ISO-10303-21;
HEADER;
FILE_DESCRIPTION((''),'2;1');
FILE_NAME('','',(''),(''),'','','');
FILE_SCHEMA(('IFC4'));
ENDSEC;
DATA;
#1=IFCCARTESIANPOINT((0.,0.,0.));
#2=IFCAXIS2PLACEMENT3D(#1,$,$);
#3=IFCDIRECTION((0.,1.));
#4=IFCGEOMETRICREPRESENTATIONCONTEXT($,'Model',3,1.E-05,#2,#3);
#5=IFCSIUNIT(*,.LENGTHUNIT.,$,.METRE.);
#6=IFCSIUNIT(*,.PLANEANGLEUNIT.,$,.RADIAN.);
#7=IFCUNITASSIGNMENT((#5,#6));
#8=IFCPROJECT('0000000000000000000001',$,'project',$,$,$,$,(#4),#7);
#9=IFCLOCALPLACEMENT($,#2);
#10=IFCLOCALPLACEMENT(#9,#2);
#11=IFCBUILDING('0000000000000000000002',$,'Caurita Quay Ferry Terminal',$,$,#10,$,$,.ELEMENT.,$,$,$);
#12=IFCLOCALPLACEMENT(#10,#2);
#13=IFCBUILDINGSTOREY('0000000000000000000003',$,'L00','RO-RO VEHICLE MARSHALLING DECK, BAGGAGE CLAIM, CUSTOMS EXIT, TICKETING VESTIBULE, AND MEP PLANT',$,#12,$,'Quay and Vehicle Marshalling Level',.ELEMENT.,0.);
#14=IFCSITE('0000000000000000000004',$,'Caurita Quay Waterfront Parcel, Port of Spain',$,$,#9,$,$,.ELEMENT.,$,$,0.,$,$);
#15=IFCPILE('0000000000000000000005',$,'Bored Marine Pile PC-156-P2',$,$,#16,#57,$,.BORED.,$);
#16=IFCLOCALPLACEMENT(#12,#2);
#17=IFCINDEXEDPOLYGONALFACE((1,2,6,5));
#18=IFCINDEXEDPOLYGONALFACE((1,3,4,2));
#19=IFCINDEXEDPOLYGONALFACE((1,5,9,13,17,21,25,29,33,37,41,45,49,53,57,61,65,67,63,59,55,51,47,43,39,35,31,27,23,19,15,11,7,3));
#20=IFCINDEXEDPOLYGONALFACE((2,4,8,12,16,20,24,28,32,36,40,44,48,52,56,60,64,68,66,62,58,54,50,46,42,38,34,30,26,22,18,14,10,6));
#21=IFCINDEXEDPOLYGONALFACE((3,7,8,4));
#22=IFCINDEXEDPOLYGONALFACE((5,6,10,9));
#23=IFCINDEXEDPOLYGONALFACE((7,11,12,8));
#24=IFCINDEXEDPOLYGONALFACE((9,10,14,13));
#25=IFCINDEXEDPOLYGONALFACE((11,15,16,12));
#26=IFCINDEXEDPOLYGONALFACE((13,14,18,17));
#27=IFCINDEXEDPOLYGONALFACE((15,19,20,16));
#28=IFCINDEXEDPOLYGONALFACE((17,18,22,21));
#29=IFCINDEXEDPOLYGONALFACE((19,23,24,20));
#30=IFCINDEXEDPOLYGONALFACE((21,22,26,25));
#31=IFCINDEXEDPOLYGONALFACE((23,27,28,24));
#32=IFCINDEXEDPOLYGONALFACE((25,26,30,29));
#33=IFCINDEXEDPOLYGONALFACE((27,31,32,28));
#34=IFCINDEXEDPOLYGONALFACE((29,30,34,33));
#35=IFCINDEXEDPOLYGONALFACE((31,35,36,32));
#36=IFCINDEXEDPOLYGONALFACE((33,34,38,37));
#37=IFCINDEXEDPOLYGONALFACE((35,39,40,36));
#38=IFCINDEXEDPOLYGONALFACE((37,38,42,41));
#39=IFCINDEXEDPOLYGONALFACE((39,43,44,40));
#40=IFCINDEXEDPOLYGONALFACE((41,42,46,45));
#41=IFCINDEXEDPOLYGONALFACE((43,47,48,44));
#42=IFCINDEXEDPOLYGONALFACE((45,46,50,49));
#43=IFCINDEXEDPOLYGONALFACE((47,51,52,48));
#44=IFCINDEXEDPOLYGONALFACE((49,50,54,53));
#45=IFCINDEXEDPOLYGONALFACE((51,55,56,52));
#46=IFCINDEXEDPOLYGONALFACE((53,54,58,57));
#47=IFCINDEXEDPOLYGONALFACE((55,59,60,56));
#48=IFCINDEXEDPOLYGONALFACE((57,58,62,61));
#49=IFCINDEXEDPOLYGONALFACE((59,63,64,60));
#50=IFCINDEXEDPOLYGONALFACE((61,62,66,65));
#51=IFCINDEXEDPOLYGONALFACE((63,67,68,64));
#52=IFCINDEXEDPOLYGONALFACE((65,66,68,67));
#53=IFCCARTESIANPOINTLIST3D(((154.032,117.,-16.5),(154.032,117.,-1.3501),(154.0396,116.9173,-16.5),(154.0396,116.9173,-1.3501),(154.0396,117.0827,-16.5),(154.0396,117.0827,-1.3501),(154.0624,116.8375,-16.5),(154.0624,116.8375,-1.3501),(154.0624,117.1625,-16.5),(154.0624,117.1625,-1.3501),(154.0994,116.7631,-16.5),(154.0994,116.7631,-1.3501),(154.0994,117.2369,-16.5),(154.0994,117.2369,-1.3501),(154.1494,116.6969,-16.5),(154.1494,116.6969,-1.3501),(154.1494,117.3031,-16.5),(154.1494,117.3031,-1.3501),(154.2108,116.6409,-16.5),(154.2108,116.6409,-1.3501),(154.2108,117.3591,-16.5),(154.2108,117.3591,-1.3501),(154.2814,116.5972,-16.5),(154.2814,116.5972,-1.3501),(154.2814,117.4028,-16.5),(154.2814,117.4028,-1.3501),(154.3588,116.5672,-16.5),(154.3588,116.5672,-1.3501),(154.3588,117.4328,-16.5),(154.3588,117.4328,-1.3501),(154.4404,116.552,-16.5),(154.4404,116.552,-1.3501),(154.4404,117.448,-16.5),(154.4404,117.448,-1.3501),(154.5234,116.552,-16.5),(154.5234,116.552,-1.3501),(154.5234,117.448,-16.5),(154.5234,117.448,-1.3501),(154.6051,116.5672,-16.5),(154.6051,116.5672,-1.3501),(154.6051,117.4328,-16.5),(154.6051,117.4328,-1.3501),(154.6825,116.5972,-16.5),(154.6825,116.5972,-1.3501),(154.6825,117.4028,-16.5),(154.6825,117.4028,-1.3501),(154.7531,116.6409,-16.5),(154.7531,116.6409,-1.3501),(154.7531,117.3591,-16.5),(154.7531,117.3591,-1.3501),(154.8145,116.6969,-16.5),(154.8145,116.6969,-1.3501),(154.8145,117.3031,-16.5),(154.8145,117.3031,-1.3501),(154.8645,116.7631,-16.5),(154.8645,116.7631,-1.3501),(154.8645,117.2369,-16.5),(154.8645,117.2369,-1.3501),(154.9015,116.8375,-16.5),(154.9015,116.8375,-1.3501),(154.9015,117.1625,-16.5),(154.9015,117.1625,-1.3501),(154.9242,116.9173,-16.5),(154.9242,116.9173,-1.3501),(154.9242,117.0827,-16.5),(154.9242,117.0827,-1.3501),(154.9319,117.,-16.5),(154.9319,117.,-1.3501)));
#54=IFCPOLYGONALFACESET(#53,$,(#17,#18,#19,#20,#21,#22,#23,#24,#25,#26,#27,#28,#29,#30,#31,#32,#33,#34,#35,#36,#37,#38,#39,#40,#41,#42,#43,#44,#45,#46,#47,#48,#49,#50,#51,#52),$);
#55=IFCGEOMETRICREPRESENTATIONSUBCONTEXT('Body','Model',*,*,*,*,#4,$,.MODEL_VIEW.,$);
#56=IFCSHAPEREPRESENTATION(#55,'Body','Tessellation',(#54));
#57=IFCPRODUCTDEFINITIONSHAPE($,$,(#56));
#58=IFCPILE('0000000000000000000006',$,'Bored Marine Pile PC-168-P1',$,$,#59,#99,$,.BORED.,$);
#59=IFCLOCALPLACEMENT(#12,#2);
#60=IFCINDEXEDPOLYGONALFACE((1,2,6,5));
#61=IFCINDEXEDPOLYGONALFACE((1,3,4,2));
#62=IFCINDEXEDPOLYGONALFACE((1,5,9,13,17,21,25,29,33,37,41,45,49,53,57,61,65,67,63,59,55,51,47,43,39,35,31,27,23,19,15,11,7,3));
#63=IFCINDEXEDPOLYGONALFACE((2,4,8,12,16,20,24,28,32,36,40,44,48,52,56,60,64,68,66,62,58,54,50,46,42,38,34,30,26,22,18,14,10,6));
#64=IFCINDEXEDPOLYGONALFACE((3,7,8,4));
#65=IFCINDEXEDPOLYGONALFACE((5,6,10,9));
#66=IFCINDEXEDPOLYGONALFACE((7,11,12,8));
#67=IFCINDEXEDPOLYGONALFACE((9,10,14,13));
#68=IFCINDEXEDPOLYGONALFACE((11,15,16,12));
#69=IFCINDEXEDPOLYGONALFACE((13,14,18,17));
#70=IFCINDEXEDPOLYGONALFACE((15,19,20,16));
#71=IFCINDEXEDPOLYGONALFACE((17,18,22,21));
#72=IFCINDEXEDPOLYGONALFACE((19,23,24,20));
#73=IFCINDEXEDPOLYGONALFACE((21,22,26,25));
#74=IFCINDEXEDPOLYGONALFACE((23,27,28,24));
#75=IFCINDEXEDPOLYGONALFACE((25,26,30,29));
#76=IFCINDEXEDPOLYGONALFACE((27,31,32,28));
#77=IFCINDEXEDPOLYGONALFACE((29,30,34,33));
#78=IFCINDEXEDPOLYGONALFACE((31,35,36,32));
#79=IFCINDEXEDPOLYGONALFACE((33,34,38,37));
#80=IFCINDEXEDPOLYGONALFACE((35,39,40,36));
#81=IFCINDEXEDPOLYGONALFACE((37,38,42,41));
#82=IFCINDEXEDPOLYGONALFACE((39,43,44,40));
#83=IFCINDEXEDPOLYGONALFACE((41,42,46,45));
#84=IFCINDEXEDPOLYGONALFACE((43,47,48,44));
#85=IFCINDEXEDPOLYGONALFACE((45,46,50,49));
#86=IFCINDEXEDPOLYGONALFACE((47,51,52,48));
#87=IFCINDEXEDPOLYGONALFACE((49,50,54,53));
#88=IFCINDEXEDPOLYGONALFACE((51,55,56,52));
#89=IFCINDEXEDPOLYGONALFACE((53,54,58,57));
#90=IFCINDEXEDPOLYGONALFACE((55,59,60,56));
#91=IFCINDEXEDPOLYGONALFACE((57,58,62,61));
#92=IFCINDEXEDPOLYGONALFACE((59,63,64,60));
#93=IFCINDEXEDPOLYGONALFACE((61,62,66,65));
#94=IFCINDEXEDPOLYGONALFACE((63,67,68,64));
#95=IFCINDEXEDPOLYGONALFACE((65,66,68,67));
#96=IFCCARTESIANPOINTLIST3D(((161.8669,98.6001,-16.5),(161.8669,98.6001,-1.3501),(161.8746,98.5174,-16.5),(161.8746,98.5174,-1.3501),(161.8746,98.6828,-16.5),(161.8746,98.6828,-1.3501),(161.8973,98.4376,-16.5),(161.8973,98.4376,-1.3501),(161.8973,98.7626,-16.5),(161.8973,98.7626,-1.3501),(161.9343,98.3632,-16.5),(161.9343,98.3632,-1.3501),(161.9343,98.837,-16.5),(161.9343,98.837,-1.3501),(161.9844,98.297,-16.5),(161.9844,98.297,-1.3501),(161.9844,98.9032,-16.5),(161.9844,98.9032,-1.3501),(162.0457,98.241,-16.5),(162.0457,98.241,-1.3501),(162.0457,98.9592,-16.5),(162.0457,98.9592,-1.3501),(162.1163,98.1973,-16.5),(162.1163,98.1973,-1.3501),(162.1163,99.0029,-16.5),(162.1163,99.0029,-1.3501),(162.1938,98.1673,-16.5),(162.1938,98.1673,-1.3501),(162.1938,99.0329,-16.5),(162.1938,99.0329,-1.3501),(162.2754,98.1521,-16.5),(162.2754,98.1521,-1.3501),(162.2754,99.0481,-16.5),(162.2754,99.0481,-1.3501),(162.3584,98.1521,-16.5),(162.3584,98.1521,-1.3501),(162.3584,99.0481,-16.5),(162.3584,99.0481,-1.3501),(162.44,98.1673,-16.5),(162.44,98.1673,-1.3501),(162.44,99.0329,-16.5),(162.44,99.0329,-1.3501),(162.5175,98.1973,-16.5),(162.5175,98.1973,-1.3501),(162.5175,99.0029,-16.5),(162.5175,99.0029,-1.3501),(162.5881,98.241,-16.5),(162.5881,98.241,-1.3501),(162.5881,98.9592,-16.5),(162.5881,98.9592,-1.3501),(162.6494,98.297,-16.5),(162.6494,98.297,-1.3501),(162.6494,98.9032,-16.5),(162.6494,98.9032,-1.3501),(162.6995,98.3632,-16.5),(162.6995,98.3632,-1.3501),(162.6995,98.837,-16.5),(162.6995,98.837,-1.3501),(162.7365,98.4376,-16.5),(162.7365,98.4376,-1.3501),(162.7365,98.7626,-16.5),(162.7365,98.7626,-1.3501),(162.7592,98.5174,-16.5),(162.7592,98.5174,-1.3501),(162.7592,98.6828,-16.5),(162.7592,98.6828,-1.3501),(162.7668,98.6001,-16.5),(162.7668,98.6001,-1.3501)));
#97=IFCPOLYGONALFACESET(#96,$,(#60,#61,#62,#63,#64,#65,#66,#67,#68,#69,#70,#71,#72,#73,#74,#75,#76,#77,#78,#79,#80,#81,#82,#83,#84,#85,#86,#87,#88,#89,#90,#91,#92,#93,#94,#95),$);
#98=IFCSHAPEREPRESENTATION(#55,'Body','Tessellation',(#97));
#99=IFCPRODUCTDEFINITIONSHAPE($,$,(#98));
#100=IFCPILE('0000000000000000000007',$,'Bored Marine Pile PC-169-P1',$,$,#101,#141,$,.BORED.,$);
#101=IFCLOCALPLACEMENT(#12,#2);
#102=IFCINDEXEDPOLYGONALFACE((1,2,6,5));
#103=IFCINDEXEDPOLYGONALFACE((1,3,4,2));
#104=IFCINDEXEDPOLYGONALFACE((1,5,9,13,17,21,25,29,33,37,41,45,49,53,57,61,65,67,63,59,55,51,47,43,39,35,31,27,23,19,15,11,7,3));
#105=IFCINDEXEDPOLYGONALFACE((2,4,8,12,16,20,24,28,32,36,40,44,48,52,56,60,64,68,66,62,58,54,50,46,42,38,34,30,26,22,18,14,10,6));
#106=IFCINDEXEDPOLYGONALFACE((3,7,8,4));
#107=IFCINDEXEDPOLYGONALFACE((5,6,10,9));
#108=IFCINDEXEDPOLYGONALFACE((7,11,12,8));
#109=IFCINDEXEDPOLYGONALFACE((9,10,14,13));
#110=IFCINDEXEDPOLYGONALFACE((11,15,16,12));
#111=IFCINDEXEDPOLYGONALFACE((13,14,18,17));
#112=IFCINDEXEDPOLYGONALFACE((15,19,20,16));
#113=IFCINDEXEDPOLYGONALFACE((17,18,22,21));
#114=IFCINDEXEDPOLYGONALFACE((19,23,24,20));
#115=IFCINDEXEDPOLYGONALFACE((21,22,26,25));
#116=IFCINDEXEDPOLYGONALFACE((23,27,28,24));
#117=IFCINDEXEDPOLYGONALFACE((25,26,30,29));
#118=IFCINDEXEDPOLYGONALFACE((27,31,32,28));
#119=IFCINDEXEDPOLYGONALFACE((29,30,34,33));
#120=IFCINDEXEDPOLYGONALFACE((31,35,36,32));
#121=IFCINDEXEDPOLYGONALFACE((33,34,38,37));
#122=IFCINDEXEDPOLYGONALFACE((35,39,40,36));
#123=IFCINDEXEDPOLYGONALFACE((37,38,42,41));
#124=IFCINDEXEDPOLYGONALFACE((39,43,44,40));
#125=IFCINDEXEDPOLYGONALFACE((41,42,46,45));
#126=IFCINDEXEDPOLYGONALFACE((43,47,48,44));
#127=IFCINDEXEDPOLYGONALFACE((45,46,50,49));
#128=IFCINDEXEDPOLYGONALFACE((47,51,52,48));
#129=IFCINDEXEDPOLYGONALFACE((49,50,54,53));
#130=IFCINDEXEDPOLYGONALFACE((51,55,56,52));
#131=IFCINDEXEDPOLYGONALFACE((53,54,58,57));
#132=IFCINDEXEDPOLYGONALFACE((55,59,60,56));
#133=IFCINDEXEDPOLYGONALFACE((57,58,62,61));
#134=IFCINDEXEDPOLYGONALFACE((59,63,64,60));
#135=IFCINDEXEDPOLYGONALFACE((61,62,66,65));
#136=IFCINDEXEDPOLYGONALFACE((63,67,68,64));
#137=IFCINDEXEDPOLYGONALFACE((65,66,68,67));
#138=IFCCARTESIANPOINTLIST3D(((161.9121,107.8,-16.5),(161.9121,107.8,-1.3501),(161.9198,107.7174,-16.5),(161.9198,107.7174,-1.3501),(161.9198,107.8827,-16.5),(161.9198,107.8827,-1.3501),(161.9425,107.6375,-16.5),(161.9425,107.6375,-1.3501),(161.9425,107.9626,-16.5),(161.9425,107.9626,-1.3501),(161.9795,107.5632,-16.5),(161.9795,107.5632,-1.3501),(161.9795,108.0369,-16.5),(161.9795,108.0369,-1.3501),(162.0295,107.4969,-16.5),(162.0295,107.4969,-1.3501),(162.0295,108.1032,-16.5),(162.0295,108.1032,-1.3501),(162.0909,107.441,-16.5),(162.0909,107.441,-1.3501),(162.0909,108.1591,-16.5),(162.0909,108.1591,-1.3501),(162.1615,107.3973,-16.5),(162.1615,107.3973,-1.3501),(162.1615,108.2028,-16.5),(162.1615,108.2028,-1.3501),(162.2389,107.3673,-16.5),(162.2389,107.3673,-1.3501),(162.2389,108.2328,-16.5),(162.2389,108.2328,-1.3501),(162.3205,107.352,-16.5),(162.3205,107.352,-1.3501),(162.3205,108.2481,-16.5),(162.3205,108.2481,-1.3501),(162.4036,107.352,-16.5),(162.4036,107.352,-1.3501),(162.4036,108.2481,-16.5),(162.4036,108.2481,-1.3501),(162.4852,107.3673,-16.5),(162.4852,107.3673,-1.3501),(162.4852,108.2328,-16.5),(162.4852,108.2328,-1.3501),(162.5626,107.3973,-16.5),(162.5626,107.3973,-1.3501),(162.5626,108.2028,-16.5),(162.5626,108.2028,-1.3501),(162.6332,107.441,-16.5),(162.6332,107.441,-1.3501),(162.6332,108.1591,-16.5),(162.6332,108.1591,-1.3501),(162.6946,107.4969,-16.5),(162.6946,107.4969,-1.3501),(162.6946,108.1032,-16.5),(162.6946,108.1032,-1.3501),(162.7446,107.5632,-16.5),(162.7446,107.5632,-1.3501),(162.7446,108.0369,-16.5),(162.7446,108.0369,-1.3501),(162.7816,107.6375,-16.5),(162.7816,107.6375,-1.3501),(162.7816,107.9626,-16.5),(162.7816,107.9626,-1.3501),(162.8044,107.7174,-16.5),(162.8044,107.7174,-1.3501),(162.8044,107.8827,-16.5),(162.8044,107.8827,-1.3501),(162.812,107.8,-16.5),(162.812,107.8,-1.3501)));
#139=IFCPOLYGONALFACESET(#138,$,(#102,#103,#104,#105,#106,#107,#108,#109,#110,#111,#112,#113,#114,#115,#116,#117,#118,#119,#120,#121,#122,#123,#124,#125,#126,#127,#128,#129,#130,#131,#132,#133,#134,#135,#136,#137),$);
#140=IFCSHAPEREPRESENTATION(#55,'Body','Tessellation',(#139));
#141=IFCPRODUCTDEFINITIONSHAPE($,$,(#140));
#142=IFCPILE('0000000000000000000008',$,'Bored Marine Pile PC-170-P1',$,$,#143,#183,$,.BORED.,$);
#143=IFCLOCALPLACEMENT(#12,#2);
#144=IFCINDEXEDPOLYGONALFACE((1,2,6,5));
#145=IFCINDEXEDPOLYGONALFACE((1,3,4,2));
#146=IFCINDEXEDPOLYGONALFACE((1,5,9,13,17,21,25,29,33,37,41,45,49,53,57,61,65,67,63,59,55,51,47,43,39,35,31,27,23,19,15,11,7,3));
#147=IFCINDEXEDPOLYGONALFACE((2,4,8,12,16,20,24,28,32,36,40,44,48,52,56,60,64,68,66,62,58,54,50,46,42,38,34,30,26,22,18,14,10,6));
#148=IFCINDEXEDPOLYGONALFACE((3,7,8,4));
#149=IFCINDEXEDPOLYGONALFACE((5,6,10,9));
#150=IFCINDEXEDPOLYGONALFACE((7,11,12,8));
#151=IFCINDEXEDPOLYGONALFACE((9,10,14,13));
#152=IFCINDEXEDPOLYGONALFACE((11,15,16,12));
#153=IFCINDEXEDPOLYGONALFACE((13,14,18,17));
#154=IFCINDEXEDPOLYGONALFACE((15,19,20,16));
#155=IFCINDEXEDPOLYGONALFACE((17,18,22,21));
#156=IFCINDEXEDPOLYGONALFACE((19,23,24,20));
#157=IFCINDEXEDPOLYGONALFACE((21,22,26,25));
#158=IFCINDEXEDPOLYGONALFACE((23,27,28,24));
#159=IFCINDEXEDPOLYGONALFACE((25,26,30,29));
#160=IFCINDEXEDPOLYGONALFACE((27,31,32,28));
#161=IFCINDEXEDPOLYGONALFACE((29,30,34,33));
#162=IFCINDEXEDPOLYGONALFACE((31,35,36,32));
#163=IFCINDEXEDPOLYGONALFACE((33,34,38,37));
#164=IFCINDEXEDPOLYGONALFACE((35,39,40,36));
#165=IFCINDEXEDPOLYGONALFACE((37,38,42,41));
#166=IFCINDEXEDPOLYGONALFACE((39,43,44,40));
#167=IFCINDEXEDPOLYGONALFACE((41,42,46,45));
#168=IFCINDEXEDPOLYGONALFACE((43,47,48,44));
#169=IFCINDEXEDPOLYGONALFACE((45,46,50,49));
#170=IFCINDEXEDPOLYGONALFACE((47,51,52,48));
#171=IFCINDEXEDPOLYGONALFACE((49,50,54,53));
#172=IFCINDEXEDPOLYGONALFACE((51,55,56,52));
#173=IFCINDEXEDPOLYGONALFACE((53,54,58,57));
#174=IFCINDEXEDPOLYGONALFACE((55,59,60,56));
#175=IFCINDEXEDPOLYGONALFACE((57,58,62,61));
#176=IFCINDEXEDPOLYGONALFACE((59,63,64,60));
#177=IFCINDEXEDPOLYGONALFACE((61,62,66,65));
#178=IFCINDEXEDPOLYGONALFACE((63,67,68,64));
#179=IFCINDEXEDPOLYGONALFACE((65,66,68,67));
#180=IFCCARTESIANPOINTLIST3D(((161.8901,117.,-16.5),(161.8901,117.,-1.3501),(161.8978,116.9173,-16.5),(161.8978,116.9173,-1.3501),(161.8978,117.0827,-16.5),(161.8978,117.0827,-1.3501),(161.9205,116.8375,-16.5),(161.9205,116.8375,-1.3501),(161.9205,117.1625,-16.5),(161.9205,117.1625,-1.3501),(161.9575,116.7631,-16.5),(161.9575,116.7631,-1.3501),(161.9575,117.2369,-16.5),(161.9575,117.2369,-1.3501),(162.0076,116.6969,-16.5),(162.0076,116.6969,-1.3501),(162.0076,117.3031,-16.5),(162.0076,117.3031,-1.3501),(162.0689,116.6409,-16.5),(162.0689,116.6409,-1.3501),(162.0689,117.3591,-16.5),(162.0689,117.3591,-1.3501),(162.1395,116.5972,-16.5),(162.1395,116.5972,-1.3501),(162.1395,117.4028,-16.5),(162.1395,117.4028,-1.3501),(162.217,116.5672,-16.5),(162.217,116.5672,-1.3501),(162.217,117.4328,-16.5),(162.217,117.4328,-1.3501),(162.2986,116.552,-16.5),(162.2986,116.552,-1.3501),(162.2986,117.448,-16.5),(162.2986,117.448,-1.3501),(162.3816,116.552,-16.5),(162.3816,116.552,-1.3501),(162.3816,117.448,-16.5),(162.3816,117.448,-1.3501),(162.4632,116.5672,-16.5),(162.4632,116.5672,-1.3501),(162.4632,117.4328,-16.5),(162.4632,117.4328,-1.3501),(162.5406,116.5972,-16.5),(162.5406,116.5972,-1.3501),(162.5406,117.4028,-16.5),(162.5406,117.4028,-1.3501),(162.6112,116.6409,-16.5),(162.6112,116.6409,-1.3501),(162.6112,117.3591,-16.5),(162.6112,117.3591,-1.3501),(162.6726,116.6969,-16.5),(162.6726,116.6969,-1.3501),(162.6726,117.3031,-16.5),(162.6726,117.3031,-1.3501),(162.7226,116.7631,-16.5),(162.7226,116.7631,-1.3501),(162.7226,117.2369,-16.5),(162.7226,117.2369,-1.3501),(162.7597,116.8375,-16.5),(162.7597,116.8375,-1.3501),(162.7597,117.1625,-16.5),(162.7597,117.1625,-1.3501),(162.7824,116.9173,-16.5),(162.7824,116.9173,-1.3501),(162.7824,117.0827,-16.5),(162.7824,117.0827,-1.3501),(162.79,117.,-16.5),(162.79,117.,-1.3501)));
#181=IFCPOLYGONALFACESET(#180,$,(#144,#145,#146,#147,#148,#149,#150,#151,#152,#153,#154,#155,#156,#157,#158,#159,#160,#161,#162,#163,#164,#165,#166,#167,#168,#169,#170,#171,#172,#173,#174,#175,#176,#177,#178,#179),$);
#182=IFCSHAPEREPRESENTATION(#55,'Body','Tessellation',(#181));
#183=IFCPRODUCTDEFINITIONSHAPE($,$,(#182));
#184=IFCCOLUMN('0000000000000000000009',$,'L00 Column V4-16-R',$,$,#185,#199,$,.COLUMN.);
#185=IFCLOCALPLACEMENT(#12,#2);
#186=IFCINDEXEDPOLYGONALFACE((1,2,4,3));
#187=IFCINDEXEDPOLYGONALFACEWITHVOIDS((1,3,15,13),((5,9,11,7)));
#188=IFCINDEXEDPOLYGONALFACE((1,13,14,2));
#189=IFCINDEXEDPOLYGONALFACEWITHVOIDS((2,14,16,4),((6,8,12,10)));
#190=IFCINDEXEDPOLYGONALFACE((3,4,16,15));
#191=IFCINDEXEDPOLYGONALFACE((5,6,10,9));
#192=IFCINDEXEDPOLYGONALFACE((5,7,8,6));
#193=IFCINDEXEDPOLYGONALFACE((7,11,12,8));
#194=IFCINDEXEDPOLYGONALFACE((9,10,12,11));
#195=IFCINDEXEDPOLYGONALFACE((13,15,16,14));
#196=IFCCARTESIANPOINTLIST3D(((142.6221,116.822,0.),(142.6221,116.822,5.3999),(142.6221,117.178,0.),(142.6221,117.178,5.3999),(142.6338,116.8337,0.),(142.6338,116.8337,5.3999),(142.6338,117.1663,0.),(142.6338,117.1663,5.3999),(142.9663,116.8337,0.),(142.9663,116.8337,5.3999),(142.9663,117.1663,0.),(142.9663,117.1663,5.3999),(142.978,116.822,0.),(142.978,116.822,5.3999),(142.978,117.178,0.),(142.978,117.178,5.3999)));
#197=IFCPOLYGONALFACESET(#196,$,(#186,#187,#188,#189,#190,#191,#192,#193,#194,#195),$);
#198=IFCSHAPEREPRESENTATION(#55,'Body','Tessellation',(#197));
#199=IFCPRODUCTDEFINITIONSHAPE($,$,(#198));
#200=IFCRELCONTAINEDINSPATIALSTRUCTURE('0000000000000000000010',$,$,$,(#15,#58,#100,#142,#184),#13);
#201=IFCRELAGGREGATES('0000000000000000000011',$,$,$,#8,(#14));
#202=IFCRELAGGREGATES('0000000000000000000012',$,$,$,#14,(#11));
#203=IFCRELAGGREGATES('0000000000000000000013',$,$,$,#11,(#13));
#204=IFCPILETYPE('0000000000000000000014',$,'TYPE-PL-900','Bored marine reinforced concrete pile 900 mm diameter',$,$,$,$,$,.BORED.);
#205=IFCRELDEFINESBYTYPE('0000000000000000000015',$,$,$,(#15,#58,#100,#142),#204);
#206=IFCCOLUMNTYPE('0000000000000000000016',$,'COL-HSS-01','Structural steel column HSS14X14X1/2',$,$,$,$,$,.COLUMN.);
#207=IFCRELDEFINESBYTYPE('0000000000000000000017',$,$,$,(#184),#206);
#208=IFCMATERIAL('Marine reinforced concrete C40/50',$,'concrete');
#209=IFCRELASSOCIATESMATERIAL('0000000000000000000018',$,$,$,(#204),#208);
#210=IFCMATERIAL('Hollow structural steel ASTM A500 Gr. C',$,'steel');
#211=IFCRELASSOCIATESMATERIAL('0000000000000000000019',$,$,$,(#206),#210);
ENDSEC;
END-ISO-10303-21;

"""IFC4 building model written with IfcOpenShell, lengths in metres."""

from ifc_helpers import new_model, si_unit, direction, frame, origin, origin_2d, place, context, subcontext, project, spatial, hollow_rectangle, circle, extrude, material, material_profile, profile_set, type_object, element, save


model = new_model("IFC4")

# Units and contexts
model_context = context("Model", 3, precision=1e-05, world=origin(), true_north=direction((0.0, 1.0)))
body_context = subcontext(model_context, "Body", "Model", "MODEL_VIEW")
ifc_project = project(units=[si_unit("LENGTHUNIT", "METRE"), si_unit("PLANEANGLEUNIT", "RADIAN")], contexts=[model_context])

# Site, building, storey
site_placement = place(None, origin())
site = spatial("IfcSite", under=ifc_project, at=site_placement, Name="Caurita Quay Waterfront Parcel, Port of Spain", CompositionType="ELEMENT", RefElevation=0.0)
building_placement = place(site_placement, origin())
building = spatial("IfcBuilding", under=site, at=building_placement, Name="Caurita Quay Ferry Terminal", CompositionType="ELEMENT")
storey_placement = place(building_placement, origin())
storey = spatial("IfcBuildingStorey", under=building, at=storey_placement, Name="L00", Description="RO-RO VEHICLE MARSHALLING DECK, BAGGAGE CLAIM, CUSTOMS EXIT, TICKETING VESTIBULE, AND MEP PLANT", LongName="Quay and Vehicle Marshalling Level", CompositionType="ELEMENT", Elevation=0.0)

# Piles
ifc_material_1 = material(Name="Marine reinforced concrete C40/50", Category="concrete")
ifc_material_profile_1 = material_profile(ifc_material_1, circle(Radius=0.45, at=origin_2d()), Name="PILE-D900")
ifc_profile_set_1 = profile_set([ifc_material_profile_1], Name="Marine reinforced concrete C40/50")
pile_type = type_object("IfcPileType", Name="TYPE-PL-900", Description="Bored marine reinforced concrete pile 900 mm diameter", PredefinedType="BORED", material=ifc_profile_set_1)
for number, where, z_axis, x_axis, name in (
    (1, (154.4819, 117.0, -1.3501), (0.0, 0.0, -1.0), (1.0, 0.0, 0.0), "Bored Marine Pile PC-156-P2"),
    (2, (162.3169, 98.6001, -1.3501), (0.0, 0.0, -1.0), (1.0, 0.0, 0.0), "Bored Marine Pile PC-168-P1"),
    (3, (162.3621, 107.8, -1.3501), (0.0, 0.0, -1.0), (1.0, 0.0, 0.0), "Bored Marine Pile PC-169-P1"),
    (4, (162.3401, 117.0, -1.3501), (0.0, 0.0, -1.0), (1.0, 0.0, 0.0), "Bored Marine Pile PC-170-P1"),
):
    element("IfcPile", number, at=place(storey_placement, frame(where, z_axis=z_axis, x_axis=x_axis)), inside=storey, type_object=pile_type, Name=name, PredefinedType="BORED", context=body_context, shape_type="SweptSolid", body=[
        extrude(circle(Radius=0.45, at=origin_2d()), origin(), (0.0, 0.0, 1.0), 15.1499),
    ])

# Column
ifc_material_2 = material(Name="Hollow structural steel ASTM A500 Gr. C", Category="steel")
ifc_material_profile_2 = material_profile(ifc_material_2, hollow_rectangle(XDim=0.356, YDim=0.356, WallThickness=0.0117, at=origin_2d()), Name="HSS14X14X1/2")
ifc_profile_set_2 = profile_set([ifc_material_profile_2], Name="Hollow structural steel ASTM A500 Gr. C")
column_type = type_object("IfcColumnType", Name="COL-HSS-01", Description="Structural steel column HSS14X14X1/2", PredefinedType="COLUMN", material=ifc_profile_set_2)
for number, where, z_axis, x_axis, name in (
    (5, (142.8, 117.0, 0.0), (0.0, 0.0, 1.0), (1.0, 0.0, 0.0), "L00 Column V4-16-R"),
):
    element("IfcColumn", number, at=place(storey_placement, frame(where, z_axis=z_axis, x_axis=x_axis)), inside=storey, type_object=column_type, Name=name, PredefinedType="COLUMN", context=body_context, shape_type="SweptSolid", body=[
        extrude(hollow_rectangle(XDim=0.356, YDim=0.356, WallThickness=0.0117, at=origin_2d()), origin(), (0.0, 0.0, 1.0), 5.3999),
    ])

save(model, "model.ifc")
